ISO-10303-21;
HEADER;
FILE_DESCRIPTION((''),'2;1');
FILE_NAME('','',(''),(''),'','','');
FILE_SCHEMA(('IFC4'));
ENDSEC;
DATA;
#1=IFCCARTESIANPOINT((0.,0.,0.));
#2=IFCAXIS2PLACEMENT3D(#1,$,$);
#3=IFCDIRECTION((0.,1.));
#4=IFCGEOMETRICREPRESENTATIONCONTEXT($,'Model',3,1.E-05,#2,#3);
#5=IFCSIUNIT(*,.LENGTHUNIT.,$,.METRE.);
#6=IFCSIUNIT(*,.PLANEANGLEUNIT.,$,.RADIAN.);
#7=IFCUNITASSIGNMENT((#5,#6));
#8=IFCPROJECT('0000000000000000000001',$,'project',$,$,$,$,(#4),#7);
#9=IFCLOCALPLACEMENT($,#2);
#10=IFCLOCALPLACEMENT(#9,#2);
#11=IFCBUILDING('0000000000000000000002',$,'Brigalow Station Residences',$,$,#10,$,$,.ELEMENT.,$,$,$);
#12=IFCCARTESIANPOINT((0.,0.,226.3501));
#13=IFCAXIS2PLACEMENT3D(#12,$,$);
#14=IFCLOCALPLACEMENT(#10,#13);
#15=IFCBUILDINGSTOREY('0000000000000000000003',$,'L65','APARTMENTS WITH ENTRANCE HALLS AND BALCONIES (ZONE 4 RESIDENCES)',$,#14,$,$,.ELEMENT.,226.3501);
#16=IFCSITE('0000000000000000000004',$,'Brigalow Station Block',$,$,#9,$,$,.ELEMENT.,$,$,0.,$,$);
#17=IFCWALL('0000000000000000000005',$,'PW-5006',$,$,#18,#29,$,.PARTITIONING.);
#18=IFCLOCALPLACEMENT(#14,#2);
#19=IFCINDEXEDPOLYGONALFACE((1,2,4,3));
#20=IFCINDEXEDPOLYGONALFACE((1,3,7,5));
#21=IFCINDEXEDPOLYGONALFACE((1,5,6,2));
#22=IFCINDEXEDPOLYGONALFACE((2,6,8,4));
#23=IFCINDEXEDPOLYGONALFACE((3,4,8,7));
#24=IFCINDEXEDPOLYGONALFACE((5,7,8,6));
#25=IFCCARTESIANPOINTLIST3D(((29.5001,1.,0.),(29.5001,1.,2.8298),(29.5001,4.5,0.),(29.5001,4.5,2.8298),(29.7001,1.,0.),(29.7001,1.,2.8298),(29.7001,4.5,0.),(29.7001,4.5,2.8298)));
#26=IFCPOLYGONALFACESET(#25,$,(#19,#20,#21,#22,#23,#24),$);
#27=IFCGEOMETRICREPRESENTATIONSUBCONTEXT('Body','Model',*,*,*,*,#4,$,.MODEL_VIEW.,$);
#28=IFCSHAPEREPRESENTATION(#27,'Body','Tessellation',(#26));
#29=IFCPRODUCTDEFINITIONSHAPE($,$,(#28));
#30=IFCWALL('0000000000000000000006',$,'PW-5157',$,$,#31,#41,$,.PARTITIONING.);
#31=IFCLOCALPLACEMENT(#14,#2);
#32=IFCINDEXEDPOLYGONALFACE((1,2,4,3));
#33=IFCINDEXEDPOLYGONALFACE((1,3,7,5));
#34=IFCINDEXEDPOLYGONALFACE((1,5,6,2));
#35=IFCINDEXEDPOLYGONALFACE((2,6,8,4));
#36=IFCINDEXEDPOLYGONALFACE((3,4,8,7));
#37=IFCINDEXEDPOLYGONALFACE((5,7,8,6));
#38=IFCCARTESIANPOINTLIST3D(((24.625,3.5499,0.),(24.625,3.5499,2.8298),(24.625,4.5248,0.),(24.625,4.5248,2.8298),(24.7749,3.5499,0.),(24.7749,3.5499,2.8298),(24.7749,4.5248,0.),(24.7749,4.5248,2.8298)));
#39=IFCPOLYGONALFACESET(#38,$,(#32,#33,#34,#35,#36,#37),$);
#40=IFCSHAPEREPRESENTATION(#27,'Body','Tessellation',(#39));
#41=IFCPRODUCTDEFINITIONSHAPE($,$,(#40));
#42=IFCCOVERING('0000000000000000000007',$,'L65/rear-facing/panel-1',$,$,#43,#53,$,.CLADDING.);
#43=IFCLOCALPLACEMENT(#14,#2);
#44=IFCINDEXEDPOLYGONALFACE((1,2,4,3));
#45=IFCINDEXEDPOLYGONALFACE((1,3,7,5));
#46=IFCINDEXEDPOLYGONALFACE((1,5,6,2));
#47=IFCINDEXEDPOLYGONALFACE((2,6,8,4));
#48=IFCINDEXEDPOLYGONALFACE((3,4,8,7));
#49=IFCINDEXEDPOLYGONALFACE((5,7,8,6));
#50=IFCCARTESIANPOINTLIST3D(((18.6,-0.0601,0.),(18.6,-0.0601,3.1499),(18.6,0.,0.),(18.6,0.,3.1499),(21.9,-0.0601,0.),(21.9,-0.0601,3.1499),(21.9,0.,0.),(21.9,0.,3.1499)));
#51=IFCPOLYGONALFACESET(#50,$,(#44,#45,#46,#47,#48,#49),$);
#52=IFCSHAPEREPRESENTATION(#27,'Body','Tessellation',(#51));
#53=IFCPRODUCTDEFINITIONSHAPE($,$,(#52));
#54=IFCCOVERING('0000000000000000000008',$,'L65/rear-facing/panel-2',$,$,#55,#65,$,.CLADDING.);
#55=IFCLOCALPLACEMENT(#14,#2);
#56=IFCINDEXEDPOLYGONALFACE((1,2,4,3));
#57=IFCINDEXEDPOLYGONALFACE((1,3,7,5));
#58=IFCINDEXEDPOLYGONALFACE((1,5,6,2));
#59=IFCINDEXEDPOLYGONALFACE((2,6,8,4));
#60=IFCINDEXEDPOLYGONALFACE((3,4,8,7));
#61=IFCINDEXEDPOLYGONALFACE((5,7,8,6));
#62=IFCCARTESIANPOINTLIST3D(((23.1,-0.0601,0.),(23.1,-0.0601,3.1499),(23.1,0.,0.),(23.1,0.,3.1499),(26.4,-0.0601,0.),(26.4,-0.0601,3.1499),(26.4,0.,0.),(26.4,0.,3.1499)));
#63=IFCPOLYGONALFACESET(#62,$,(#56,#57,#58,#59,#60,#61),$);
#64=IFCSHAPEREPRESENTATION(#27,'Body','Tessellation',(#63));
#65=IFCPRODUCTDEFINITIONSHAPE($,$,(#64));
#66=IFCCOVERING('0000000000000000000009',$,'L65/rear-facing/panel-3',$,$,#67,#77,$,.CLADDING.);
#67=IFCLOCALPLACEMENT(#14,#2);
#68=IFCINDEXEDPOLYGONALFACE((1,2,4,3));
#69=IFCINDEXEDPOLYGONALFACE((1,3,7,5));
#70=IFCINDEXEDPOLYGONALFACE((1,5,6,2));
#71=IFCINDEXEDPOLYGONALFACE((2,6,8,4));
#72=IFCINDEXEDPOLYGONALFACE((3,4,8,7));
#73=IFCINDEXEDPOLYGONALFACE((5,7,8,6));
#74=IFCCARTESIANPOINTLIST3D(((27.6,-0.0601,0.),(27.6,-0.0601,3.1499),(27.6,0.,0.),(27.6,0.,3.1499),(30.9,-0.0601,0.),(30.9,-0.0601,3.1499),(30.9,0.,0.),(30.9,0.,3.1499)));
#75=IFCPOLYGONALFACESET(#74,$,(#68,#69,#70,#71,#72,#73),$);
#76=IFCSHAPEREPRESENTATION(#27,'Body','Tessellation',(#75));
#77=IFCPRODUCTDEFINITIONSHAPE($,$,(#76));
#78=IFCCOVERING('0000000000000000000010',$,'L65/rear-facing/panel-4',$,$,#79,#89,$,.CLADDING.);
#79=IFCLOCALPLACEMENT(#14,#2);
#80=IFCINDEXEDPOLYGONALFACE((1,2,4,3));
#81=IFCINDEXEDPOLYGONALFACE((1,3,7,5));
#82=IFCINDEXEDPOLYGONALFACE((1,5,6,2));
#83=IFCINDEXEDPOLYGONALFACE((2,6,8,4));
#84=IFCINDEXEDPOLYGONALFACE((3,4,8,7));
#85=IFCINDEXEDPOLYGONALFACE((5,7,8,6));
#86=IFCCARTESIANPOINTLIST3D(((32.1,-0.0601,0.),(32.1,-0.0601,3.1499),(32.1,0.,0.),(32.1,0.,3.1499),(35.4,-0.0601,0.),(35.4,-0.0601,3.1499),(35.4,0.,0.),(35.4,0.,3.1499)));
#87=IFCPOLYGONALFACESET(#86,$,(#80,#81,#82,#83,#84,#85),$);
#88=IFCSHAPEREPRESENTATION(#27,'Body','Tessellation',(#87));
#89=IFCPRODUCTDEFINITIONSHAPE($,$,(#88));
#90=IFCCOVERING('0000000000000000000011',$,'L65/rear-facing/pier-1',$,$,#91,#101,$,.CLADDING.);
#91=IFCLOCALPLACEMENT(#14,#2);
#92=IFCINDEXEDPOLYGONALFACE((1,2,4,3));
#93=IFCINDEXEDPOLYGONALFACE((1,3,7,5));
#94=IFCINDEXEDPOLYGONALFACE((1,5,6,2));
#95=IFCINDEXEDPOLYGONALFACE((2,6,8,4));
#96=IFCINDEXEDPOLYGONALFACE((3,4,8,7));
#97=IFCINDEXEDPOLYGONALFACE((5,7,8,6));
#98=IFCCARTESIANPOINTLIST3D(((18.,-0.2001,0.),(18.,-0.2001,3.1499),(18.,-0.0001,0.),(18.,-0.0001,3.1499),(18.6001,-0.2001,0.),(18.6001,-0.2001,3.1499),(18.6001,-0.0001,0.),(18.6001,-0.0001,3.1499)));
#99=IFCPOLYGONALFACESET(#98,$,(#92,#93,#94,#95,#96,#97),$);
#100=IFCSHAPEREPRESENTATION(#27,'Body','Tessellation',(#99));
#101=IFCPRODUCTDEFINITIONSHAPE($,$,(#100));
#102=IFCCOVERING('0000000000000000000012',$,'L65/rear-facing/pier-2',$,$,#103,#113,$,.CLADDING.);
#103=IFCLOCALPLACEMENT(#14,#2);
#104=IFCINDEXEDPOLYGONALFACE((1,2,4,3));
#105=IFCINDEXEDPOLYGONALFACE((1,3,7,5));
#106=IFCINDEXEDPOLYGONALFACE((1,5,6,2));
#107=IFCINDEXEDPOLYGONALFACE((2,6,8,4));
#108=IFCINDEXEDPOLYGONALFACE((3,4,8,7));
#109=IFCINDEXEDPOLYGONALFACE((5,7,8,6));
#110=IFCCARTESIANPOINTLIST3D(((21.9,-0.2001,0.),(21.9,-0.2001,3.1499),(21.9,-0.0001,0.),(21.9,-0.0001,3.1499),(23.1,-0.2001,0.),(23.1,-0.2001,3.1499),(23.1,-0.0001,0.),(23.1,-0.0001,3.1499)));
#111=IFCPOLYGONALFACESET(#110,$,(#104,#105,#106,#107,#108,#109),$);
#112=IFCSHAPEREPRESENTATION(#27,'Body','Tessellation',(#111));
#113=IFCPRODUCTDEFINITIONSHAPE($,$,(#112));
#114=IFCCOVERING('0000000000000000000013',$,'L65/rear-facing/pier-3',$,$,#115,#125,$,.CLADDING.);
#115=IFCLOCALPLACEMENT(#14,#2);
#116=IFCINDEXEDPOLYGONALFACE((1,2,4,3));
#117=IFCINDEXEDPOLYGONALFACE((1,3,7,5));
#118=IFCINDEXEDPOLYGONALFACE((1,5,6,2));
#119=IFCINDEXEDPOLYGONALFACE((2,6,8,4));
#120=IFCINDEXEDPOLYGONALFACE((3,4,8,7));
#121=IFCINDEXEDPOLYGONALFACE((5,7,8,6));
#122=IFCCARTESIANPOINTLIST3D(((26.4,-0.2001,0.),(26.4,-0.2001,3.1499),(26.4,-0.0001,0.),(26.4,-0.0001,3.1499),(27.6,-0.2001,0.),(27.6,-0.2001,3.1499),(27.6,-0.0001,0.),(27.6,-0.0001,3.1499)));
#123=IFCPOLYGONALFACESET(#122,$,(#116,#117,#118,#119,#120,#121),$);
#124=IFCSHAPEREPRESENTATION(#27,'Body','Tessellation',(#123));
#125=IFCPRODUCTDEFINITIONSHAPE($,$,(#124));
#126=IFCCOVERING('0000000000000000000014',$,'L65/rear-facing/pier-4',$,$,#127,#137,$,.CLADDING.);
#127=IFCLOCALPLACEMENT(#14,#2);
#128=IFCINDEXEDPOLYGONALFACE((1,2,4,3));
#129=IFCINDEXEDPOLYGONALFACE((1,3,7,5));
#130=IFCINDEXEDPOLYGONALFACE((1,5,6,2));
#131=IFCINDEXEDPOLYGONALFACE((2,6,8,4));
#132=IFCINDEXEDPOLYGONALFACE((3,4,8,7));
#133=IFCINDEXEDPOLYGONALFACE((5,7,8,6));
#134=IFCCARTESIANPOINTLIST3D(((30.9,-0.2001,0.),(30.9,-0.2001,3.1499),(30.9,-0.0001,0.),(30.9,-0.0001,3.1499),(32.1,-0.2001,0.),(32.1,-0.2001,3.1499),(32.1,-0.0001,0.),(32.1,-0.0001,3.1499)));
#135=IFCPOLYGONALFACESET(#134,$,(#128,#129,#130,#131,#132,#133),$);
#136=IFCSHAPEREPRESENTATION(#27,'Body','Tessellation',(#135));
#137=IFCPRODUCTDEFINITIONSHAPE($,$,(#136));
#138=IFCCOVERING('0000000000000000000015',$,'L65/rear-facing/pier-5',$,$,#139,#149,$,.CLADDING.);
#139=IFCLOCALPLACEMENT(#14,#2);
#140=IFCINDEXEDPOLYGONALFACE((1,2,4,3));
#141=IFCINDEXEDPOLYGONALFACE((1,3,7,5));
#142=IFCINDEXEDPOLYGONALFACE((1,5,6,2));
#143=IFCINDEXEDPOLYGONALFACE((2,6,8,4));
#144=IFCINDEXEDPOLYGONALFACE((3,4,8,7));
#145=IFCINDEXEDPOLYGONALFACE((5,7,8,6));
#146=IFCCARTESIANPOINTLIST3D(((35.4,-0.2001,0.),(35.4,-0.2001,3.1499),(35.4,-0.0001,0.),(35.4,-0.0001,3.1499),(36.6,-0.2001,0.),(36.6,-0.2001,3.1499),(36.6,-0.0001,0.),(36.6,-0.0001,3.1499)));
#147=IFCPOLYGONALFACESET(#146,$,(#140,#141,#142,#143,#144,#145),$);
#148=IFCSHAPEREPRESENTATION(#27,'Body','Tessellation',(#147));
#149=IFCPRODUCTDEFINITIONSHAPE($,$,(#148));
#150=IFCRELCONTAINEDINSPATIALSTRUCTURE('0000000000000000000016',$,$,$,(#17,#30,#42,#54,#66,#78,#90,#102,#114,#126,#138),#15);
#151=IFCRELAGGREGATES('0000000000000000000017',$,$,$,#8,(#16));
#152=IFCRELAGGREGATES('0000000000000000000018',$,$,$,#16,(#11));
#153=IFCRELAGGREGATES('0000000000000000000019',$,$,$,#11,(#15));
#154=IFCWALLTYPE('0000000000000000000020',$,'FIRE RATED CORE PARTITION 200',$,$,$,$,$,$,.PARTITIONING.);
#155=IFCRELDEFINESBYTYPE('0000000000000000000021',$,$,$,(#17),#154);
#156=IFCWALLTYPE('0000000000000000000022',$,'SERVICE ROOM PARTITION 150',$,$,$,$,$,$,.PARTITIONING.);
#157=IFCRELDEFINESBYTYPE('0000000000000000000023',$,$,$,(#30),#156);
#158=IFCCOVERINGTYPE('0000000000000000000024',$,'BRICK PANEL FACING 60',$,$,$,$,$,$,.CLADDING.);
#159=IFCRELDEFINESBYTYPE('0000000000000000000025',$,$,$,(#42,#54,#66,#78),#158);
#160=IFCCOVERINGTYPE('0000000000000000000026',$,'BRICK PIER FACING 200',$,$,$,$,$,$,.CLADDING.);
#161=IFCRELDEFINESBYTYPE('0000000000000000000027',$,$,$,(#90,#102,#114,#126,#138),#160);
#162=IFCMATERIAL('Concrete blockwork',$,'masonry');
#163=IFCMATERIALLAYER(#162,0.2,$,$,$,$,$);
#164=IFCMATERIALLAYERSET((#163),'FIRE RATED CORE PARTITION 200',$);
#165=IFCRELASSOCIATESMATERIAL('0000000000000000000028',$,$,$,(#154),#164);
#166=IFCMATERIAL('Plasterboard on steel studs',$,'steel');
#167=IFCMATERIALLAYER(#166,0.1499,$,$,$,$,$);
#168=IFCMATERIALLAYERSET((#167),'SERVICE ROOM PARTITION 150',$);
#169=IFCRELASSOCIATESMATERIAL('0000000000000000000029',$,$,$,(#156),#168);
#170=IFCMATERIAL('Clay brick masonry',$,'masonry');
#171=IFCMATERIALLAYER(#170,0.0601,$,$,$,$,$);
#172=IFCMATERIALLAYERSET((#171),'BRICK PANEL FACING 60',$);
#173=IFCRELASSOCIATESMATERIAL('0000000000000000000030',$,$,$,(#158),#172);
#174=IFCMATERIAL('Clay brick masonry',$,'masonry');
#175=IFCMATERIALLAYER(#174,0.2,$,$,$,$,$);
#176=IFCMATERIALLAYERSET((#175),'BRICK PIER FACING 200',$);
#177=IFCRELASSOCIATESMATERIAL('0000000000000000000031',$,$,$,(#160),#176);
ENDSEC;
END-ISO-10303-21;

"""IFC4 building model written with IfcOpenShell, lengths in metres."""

from ifc_helpers import new_model, si_unit, direction, frame, frame_2d, origin, origin_2d, place, context, subcontext, project, spatial, rectangle, extrude, material, layer, layer_set, type_object, element, save


model = new_model("IFC4")

# Units and contexts
model_context = context("Model", 3, precision=1e-05, world=origin(), true_north=direction((0.0, 1.0)))
body_context = subcontext(model_context, "Body", "Model", "MODEL_VIEW")
ifc_project = project(units=[si_unit("LENGTHUNIT", "METRE"), si_unit("PLANEANGLEUNIT", "RADIAN")], contexts=[model_context])

# Site, building, storey
site_placement = place(None, origin())
site = spatial("IfcSite", under=ifc_project, at=site_placement, Name="Brigalow Station Block", CompositionType="ELEMENT", RefElevation=0.0)
building_placement = place(site_placement, origin())
building = spatial("IfcBuilding", under=site, at=building_placement, Name="Brigalow Station Residences", CompositionType="ELEMENT")
storey_placement = place(building_placement, frame((0.0, 0.0, 226.3501)))
storey = spatial("IfcBuildingStorey", under=building, at=storey_placement, Name="L65", Description="APARTMENTS WITH ENTRANCE HALLS AND BALCONIES (ZONE 4 RESIDENCES)", CompositionType="ELEMENT", Elevation=226.3501)

# Walls
ifc_material_1 = material(Name="Concrete blockwork", Category="masonry")
ifc_layer_1 = layer(ifc_material_1, 0.2)
ifc_layer_set_1 = layer_set([ifc_layer_1], Name="FIRE RATED CORE PARTITION 200")
wall_type_1 = type_object("IfcWallType", Name="FIRE RATED CORE PARTITION 200", PredefinedType="PARTITIONING", material=ifc_layer_set_1)
wall_1_placement = place(storey_placement, frame((29.6001, 1.0, 0.0), z_axis=(0.0, 0.0, 1.0), x_axis=(0.0, 1.0, 0.0)))
element("IfcWall", 1, at=wall_1_placement, inside=storey, type_object=wall_type_1, Name="PW-5006", PredefinedType="PARTITIONING", context=body_context, shape_type="SweptSolid", body=[
    extrude(rectangle(XDim=3.5, YDim=0.2, at=frame_2d((1.75, 0.0))), origin(), (0.0, 0.0, 1.0), 2.8298),
])
ifc_material_2 = material(Name="Plasterboard on steel studs", Category="steel")
ifc_layer_2 = layer(ifc_material_2, 0.1499)
ifc_layer_set_2 = layer_set([ifc_layer_2], Name="SERVICE ROOM PARTITION 150")
wall_type_2 = type_object("IfcWallType", Name="SERVICE ROOM PARTITION 150", PredefinedType="PARTITIONING", material=ifc_layer_set_2)
wall_2_placement = place(storey_placement, frame((24.7, 3.55, 0.0), z_axis=(0.0, 0.0, 1.0), x_axis=(0.0, 1.0, 0.0)))
element("IfcWall", 2, at=wall_2_placement, inside=storey, type_object=wall_type_2, Name="PW-5157", PredefinedType="PARTITIONING", context=body_context, shape_type="SweptSolid", body=[
    extrude(rectangle(XDim=0.9749, YDim=0.1499, at=frame_2d((0.4873, 0.0))), origin(), (0.0, 0.0, 1.0), 2.8298),
])

# Coverings
ifc_material_3 = material(Name="Clay brick masonry", Category="masonry")
ifc_layer_3 = layer(ifc_material_3, 0.0601)
ifc_layer_set_3 = layer_set([ifc_layer_3], Name="BRICK PANEL FACING 60")
covering_type_1 = type_object("IfcCoveringType", Name="BRICK PANEL FACING 60", PredefinedType="CLADDING", material=ifc_layer_set_3)
for number, where, z_axis, x_axis, name in (
    (3, (20.25, -0.03, 0.0), (0.0, 0.0, 1.0), (1.0, 0.0, 0.0), "L65/rear-facing/panel-1"),
    (4, (24.75, -0.03, 0.0), (0.0, 0.0, 1.0), (1.0, 0.0, 0.0), "L65/rear-facing/panel-2"),
    (5, (29.25, -0.03, 0.0), (0.0, 0.0, 1.0), (1.0, 0.0, 0.0), "L65/rear-facing/panel-3"),
    (6, (33.75, -0.03, 0.0), (0.0, 0.0, 1.0), (1.0, 0.0, 0.0), "L65/rear-facing/panel-4"),
):
    element("IfcCovering", number, at=place(storey_placement, frame(where, z_axis=z_axis, x_axis=x_axis)), inside=storey, type_object=covering_type_1, Name=name, PredefinedType="CLADDING", context=body_context, shape_type="SweptSolid", body=[
        extrude(rectangle(XDim=3.3, YDim=0.0601, at=origin_2d()), origin(), (0.0, 0.0, 1.0), 3.1499),
    ])
ifc_material_4 = material(Name="Clay brick masonry", Category="masonry")
ifc_layer_4 = layer(ifc_material_4, 0.2)
ifc_layer_set_4 = layer_set([ifc_layer_4], Name="BRICK PIER FACING 200")
covering_type_2 = type_object("IfcCoveringType", Name="BRICK PIER FACING 200", PredefinedType="CLADDING", material=ifc_layer_set_4)
covering_placement = place(storey_placement, frame((18.3, -0.1001, 0.0), z_axis=(0.0, 0.0, 1.0), x_axis=(1.0, 0.0, 0.0)))
element("IfcCovering", 7, at=covering_placement, inside=storey, type_object=covering_type_2, Name="L65/rear-facing/pier-1", PredefinedType="CLADDING", context=body_context, shape_type="SweptSolid", body=[
    extrude(rectangle(XDim=0.6001, YDim=0.2, at=origin_2d()), origin(), (0.0, 0.0, 1.0), 3.1499),
])
for number, where, z_axis, x_axis, name in (
    (8, (22.5, -0.1001, 0.0), (0.0, 0.0, 1.0), (1.0, 0.0, 0.0), "L65/rear-facing/pier-2"),
    (9, (27.0, -0.1001, 0.0), (0.0, 0.0, 1.0), (1.0, 0.0, 0.0), "L65/rear-facing/pier-3"),
    (10, (31.5, -0.1001, 0.0), (0.0, 0.0, 1.0), (1.0, 0.0, 0.0), "L65/rear-facing/pier-4"),
    (11, (36.0, -0.1001, 0.0), (0.0, 0.0, 1.0), (1.0, 0.0, 0.0), "L65/rear-facing/pier-5"),
):
    element("IfcCovering", number, at=place(storey_placement, frame(where, z_axis=z_axis, x_axis=x_axis)), inside=storey, type_object=covering_type_2, Name=name, PredefinedType="CLADDING", context=body_context, shape_type="SweptSolid", body=[
        extrude(rectangle(XDim=1.2, YDim=0.2, at=origin_2d()), origin(), (0.0, 0.0, 1.0), 3.1499),
    ])

save(model, "model.ifc")
